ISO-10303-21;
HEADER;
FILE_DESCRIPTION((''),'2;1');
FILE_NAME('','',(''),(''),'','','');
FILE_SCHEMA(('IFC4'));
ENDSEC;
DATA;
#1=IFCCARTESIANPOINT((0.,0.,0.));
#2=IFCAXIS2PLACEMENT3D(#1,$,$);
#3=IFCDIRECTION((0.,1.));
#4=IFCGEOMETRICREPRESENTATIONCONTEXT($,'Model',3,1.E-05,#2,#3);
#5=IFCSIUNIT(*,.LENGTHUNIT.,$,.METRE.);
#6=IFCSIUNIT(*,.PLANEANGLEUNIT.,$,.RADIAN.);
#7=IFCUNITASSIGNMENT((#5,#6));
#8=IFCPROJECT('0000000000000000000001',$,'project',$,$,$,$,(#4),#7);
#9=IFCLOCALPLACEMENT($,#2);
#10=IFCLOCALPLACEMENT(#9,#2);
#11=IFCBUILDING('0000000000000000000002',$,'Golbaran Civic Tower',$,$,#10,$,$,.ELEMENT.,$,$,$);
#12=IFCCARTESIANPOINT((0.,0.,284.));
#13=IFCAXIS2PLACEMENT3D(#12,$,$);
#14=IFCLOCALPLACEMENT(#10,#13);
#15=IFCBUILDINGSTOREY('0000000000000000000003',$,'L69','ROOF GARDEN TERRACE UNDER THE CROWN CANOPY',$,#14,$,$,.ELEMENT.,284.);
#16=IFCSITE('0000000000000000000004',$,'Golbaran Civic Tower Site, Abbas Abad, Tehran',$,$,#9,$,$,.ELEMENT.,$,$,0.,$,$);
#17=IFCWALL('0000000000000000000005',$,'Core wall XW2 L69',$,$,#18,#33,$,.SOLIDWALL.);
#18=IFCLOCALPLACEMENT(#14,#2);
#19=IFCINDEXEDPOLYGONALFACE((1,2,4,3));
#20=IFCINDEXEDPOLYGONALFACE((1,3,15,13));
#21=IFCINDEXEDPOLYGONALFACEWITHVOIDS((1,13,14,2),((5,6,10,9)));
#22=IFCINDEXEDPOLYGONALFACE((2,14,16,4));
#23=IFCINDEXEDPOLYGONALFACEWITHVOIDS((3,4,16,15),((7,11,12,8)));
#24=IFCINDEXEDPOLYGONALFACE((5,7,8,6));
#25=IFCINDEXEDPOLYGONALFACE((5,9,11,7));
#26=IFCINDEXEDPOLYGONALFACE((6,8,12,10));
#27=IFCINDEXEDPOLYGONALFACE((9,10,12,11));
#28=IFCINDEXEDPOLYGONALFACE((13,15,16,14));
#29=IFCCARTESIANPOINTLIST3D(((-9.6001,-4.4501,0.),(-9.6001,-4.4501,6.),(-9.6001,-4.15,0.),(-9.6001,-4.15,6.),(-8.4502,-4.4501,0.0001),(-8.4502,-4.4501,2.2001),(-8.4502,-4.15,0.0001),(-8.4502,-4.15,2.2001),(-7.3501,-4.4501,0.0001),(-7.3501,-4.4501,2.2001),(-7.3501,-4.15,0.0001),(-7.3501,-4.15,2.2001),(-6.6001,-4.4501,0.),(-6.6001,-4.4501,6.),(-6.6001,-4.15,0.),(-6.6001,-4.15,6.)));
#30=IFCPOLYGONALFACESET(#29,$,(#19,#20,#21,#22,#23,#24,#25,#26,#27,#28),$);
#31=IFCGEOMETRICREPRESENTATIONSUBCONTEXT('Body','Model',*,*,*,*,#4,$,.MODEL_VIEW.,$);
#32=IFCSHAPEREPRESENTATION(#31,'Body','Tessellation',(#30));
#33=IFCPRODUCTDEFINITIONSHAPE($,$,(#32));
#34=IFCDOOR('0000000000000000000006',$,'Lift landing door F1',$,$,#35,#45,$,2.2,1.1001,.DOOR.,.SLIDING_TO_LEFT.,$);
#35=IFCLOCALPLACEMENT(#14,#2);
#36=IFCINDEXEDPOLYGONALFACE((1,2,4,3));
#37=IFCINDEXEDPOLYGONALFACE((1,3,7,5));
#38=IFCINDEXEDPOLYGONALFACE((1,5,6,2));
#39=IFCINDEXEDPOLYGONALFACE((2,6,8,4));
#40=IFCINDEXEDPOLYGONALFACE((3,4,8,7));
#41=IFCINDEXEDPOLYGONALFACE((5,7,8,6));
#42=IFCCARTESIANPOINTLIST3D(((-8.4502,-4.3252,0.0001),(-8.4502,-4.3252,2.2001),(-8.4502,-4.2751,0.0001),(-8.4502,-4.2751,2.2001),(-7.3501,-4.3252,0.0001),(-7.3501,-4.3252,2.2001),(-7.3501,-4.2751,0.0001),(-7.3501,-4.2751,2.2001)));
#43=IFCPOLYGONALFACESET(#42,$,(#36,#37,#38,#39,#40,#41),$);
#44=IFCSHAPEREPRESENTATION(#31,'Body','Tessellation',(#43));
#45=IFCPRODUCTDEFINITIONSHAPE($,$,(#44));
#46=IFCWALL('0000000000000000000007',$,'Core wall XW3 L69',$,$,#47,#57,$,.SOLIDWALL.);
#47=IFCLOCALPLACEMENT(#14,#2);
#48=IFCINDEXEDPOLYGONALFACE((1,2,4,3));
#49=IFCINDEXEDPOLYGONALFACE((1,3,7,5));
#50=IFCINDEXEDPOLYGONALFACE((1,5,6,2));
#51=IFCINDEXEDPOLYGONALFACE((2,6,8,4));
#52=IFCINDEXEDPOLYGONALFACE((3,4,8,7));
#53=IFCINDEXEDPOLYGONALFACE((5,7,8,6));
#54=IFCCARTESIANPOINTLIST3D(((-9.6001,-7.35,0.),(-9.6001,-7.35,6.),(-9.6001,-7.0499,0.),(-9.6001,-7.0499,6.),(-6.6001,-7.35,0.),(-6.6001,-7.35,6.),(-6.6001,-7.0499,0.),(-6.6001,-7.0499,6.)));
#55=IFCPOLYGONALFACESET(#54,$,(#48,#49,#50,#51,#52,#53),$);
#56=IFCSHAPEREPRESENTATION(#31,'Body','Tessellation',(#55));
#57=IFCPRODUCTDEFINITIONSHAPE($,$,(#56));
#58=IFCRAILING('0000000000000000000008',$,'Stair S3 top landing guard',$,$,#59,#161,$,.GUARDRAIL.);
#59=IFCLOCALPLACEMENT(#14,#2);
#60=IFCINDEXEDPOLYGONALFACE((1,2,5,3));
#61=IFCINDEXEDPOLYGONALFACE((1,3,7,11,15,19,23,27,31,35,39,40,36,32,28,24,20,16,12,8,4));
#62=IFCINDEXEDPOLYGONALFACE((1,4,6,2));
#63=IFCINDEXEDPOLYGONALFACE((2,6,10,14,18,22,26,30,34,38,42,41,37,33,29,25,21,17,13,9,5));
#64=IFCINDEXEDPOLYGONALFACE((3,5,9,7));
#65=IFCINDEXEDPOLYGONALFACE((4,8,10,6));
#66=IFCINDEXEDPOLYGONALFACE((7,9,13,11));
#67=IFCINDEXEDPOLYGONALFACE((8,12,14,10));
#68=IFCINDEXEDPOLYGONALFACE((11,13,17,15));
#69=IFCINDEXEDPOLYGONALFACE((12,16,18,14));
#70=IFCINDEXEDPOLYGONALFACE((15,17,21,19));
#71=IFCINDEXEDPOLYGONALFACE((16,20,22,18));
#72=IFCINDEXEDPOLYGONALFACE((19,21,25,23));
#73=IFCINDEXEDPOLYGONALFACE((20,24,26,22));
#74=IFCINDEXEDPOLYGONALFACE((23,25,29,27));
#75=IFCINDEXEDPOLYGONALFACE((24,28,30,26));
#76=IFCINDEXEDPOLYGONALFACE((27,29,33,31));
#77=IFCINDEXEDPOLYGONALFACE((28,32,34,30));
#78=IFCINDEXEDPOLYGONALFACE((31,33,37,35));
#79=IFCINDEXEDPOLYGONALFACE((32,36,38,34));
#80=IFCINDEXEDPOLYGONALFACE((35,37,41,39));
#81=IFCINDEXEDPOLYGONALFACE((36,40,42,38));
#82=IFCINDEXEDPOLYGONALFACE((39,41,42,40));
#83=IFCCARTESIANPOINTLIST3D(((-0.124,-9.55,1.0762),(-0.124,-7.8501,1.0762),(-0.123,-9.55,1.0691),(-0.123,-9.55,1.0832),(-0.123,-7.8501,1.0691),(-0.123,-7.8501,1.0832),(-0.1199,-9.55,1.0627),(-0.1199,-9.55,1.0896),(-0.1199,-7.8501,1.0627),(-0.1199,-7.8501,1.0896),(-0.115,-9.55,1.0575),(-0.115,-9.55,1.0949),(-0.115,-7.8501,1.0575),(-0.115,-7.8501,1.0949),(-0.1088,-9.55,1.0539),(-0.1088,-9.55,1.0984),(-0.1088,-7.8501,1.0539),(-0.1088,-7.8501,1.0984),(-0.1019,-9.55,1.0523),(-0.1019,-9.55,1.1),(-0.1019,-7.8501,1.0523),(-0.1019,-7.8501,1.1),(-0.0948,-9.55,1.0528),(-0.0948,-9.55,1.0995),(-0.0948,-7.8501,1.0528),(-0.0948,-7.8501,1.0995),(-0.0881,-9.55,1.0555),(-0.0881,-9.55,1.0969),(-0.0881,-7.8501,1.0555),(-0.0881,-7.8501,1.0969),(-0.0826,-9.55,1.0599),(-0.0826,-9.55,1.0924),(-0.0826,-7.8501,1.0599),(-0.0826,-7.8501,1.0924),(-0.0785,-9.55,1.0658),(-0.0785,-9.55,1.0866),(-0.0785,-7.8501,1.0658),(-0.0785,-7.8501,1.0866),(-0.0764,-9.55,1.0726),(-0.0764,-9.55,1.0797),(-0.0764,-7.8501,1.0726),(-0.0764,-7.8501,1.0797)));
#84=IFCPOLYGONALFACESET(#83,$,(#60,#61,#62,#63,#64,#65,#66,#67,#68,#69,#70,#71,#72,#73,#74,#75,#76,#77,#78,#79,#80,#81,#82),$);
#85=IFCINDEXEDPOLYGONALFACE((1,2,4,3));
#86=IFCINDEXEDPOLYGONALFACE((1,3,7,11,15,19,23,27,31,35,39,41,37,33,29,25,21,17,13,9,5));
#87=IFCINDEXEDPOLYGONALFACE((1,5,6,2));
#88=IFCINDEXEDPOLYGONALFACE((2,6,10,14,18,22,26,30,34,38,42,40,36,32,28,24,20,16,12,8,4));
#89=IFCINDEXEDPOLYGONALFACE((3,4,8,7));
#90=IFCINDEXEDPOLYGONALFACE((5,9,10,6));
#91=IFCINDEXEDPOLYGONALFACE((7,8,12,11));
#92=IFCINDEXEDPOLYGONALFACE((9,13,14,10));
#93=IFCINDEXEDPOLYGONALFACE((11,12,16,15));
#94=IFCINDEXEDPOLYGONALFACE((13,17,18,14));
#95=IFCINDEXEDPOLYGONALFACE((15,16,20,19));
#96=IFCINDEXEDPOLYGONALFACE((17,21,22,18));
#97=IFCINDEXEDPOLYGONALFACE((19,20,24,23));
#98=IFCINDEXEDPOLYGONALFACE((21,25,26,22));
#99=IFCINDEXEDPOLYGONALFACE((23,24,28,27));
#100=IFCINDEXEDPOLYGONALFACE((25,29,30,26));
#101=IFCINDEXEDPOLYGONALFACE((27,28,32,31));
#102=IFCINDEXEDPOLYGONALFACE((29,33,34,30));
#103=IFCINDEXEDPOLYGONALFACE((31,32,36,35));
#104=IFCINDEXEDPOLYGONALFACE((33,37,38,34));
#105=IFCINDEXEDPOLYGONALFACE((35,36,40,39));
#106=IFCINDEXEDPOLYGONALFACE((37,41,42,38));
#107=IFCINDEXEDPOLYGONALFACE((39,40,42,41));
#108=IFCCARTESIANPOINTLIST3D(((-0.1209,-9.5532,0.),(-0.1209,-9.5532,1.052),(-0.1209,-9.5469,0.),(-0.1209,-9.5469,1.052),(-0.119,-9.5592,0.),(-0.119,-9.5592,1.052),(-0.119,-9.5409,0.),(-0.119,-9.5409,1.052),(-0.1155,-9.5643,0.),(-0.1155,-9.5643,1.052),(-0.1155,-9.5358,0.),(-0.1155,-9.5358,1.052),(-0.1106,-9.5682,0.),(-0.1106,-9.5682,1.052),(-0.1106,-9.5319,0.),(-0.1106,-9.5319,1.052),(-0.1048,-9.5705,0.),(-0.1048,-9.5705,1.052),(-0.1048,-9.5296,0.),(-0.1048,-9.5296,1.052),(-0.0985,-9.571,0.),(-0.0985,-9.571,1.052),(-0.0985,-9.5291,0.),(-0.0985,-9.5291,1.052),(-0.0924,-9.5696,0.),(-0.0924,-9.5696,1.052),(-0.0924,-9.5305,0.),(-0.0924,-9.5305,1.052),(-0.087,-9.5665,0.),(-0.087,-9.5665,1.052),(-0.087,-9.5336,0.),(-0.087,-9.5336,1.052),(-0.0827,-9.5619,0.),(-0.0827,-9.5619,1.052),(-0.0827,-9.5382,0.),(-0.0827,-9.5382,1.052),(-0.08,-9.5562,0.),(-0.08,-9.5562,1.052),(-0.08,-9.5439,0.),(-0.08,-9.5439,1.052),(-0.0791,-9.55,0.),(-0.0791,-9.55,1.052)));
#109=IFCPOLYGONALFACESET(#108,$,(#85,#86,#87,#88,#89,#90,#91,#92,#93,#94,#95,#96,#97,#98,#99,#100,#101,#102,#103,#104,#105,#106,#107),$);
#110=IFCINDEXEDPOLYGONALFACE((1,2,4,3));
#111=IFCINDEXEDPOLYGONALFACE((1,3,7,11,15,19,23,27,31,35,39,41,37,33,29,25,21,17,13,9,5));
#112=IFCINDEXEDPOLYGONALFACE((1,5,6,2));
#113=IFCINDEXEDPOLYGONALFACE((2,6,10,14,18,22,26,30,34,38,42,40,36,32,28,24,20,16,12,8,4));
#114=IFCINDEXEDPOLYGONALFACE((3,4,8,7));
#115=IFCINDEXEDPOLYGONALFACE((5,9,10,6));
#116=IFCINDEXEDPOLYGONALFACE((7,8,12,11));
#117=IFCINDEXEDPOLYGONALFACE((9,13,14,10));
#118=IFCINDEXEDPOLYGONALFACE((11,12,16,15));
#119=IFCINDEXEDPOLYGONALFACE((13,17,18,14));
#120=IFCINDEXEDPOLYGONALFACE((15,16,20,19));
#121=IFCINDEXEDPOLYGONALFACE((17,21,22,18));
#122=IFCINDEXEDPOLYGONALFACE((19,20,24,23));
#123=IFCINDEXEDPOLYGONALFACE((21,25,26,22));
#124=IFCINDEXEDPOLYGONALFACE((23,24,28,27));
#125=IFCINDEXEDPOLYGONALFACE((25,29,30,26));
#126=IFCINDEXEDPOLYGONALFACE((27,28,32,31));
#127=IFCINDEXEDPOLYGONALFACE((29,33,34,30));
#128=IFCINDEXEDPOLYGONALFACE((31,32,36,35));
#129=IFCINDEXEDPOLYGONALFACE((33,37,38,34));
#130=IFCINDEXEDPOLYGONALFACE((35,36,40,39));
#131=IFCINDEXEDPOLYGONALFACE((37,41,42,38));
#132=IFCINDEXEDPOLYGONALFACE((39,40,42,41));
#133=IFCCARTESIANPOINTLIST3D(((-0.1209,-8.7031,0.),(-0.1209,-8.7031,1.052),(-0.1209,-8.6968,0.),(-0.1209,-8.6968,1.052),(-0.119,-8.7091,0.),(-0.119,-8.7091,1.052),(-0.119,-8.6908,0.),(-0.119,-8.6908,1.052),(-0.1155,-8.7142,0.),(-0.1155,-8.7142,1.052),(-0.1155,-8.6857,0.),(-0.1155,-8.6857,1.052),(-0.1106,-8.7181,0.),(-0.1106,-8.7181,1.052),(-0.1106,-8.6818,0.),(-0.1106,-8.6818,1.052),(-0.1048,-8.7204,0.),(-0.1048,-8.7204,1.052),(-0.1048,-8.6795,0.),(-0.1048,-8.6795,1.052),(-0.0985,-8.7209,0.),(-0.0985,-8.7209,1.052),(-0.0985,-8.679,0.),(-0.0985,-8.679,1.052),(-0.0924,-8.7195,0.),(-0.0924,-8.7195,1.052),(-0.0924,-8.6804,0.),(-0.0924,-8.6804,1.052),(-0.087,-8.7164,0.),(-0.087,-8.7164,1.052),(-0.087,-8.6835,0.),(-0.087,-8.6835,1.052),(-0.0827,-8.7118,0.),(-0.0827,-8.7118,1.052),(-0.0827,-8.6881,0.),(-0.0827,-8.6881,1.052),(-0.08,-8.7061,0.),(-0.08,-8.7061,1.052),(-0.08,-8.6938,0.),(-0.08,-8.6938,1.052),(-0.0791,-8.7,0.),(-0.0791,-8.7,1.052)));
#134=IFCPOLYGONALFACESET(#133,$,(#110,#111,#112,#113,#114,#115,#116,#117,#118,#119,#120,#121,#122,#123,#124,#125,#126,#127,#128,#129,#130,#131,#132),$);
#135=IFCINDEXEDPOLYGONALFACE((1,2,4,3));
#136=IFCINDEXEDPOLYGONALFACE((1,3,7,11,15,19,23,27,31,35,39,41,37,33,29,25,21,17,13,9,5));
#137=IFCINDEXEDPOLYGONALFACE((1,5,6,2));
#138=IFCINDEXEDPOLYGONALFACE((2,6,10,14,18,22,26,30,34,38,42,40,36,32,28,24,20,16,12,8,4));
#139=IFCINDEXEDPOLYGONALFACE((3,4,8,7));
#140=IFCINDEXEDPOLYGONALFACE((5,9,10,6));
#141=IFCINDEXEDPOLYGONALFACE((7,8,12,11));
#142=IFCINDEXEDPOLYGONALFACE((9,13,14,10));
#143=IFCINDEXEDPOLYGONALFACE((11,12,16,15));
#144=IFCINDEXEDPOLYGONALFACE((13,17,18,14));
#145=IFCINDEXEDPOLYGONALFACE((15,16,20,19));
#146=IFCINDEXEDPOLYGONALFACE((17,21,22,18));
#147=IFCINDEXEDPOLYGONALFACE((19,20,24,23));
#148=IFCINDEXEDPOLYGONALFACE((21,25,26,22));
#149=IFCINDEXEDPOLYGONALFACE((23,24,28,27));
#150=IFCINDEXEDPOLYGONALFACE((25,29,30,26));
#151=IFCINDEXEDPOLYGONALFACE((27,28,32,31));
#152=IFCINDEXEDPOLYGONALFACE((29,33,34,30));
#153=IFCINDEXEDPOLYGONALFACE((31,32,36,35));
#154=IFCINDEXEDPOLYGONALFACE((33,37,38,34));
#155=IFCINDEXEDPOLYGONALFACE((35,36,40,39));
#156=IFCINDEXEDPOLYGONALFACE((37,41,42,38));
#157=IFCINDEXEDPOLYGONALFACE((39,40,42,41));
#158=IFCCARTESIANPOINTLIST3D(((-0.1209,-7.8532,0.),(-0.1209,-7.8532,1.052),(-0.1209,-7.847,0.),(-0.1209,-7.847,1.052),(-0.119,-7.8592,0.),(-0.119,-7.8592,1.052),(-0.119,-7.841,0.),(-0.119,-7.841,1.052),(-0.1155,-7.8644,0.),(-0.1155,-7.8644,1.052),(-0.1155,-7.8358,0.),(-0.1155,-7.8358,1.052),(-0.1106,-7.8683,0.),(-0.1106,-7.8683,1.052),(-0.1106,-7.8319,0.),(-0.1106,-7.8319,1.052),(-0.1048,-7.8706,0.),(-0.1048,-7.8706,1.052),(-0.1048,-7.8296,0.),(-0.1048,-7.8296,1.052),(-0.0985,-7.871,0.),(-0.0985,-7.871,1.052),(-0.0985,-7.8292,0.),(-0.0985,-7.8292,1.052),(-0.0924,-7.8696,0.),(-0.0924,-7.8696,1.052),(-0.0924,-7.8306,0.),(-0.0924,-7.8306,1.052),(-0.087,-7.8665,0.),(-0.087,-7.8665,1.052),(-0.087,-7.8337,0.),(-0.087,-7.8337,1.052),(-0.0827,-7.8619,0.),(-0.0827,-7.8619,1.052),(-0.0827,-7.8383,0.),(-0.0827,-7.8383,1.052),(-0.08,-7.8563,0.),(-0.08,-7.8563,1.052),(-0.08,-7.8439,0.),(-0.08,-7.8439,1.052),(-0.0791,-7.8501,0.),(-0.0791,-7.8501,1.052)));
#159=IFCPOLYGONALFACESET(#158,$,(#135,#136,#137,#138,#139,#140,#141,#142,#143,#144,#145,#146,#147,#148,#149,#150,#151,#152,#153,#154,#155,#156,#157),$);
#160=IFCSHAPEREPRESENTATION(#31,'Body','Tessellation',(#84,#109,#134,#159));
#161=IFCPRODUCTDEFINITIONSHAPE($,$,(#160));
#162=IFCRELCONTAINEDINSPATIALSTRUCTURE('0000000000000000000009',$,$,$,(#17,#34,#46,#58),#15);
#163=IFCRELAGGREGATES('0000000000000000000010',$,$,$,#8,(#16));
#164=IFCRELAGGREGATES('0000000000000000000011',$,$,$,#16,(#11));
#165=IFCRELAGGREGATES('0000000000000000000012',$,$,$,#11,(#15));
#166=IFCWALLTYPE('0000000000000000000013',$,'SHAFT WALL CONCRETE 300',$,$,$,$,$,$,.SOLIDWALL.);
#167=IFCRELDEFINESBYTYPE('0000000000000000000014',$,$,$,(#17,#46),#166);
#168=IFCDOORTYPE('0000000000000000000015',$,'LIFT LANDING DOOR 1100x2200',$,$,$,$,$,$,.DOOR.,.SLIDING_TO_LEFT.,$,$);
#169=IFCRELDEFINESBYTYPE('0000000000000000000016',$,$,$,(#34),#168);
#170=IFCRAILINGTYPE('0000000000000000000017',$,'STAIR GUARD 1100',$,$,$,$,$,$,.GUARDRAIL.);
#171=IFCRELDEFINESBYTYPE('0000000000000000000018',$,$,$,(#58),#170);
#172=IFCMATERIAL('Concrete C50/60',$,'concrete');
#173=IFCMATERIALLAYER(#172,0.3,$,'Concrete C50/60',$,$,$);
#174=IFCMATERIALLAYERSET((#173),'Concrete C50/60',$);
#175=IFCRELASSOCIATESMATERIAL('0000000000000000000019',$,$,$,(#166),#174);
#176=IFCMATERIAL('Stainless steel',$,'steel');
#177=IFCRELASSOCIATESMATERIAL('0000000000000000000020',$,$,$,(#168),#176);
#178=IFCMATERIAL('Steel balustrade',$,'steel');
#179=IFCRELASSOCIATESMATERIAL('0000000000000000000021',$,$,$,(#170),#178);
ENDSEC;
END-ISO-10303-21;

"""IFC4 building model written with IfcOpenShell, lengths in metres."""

from ifc_helpers import new_model, si_unit, direction, frame, frame_2d, origin, origin_2d, place, context, subcontext, project, spatial, rectangle, circle, extrude, material, layer, layer_set, type_object, element, fill, save


model = new_model("IFC4")

# Units and contexts
model_context = context("Model", 3, precision=1e-05, world=origin(), true_north=direction((0.0, 1.0)))
body_context = subcontext(model_context, "Body", "Model", "MODEL_VIEW")
ifc_project = project(units=[si_unit("LENGTHUNIT", "METRE"), si_unit("PLANEANGLEUNIT", "RADIAN")], contexts=[model_context])

# Site, building, storey
site_placement = place(None, origin())
site = spatial("IfcSite", under=ifc_project, at=site_placement, Name="Golbaran Civic Tower Site, Abbas Abad, Tehran", CompositionType="ELEMENT", RefElevation=0.0)
building_placement = place(site_placement, origin())
building = spatial("IfcBuilding", under=site, at=building_placement, Name="Golbaran Civic Tower", CompositionType="ELEMENT")
storey_placement = place(building_placement, frame((0.0, 0.0, 284.0)))
storey = spatial("IfcBuildingStorey", under=building, at=storey_placement, Name="L69", Description="ROOF GARDEN TERRACE UNDER THE CROWN CANOPY", CompositionType="ELEMENT", Elevation=284.0)

# Shared definitions
ifc_material_1 = material(Name="Concrete C50/60", Category="concrete")

# Shared definitions
ifc_layer_1 = layer(ifc_material_1, 0.3, Name="Concrete C50/60")
ifc_layer_set_1 = layer_set([ifc_layer_1], Name="Concrete C50/60")
wall_type_1 = type_object("IfcWallType", Name="SHAFT WALL CONCRETE 300", PredefinedType="SOLIDWALL", material=ifc_layer_set_1)
ifc_material_2 = material(Name="Stainless steel", Category="steel")
door_type_1 = type_object("IfcDoorType", Name="LIFT LANDING DOOR 1100x2200", OperationType="SLIDING_TO_LEFT", PredefinedType="DOOR", material=ifc_material_2)

# Wall, opening, door
wall_1_placement = place(storey_placement, frame((-9.6001, -4.3, 0.0), z_axis=(0.0, 0.0, 1.0), x_axis=(1.0, 0.0, 0.0)))
wall_1 = element("IfcWall", 1, at=wall_1_placement, inside=storey, type_object=wall_type_1, Name="Core wall XW2 L69", PredefinedType="SOLIDWALL", context=body_context, shape_type="SweptSolid", body=[
    extrude(rectangle(XDim=3.0, YDim=0.3, at=frame_2d((1.5, 0.0))), origin(), (0.0, 0.0, 1.0), 6.0),
])
opening_1_placement = place(wall_1_placement, frame((1.1499, 0.0, 0.0)))
opening_1 = element("IfcOpeningElement", 2, at=opening_1_placement, cuts=wall_1, PredefinedType="OPENING", context=body_context, shape_type="SweptSolid", body=[
    extrude(rectangle(XDim=1.1001, YDim=2.2, at=frame_2d((0.55, 1.1001))), frame((0.0, 0.1599, 0.0), z_axis=(0.0, -1.0, 0.0), x_axis=(1.0, 0.0, 0.0)), (0.0, 0.0, 1.0), 0.3201),
])
door_1_placement = place(opening_1_placement, origin())
door_1 = element("IfcDoor", 3, at=door_1_placement, inside=storey, type_object=door_type_1, Name="Lift landing door F1", OperationType="SLIDING_TO_LEFT", OverallHeight=2.2, OverallWidth=1.1001, PredefinedType="DOOR", context=body_context, shape_type="SweptSolid", body=[
    extrude(rectangle(XDim=1.1001, YDim=2.2, at=frame_2d((0.55, 1.1001))), frame((0.0, 0.0249, 0.0), z_axis=(0.0, -1.0, 0.0), x_axis=(1.0, 0.0, 0.0)), (0.0, 0.0, 1.0), 0.05),
])
fill(opening_1, door_1)

# Wall
wall_2_placement = place(storey_placement, frame((-9.6001, -7.2, 0.0), z_axis=(0.0, 0.0, 1.0), x_axis=(1.0, 0.0, 0.0)))
element("IfcWall", 4, at=wall_2_placement, inside=storey, type_object=wall_type_1, Name="Core wall XW3 L69", PredefinedType="SOLIDWALL", context=body_context, shape_type="SweptSolid", body=[
    extrude(rectangle(XDim=3.0, YDim=0.3, at=frame_2d((1.5, 0.0))), origin(), (0.0, 0.0, 1.0), 6.0),
])

# Railing
ifc_material_3 = material(Name="Steel balustrade", Category="steel")
railing_type = type_object("IfcRailingType", Name="STAIR GUARD 1100", PredefinedType="GUARDRAIL", material=ifc_material_3)
railing_placement = place(storey_placement, frame((-0.1001, -9.55, 0.0)))
element("IfcRailing", 5, at=railing_placement, inside=storey, type_object=railing_type, Name="Stair S3 top landing guard", PredefinedType="GUARDRAIL", context=body_context, shape_type="SweptSolid", body=[
    extrude(circle(Radius=0.0239, at=origin_2d()), frame((0.0, 0.0, 1.0762), z_axis=(0.0, 1.0, 0.0), x_axis=(-1.0, 0.0, 0.0)), (0.0, 0.0, 1.0), 1.7),
    extrude(circle(Radius=0.021, at=origin_2d()), origin(), (0.0, 0.0, 1.0), 1.052),
    extrude(circle(Radius=0.021, at=origin_2d()), frame((0.0, 0.8501, 0.0)), (0.0, 0.0, 1.0), 1.052),
    extrude(circle(Radius=0.021, at=origin_2d()), frame((0.0, 1.7, 0.0)), (0.0, 0.0, 1.0), 1.052),
])

save(model, "model.ifc")
